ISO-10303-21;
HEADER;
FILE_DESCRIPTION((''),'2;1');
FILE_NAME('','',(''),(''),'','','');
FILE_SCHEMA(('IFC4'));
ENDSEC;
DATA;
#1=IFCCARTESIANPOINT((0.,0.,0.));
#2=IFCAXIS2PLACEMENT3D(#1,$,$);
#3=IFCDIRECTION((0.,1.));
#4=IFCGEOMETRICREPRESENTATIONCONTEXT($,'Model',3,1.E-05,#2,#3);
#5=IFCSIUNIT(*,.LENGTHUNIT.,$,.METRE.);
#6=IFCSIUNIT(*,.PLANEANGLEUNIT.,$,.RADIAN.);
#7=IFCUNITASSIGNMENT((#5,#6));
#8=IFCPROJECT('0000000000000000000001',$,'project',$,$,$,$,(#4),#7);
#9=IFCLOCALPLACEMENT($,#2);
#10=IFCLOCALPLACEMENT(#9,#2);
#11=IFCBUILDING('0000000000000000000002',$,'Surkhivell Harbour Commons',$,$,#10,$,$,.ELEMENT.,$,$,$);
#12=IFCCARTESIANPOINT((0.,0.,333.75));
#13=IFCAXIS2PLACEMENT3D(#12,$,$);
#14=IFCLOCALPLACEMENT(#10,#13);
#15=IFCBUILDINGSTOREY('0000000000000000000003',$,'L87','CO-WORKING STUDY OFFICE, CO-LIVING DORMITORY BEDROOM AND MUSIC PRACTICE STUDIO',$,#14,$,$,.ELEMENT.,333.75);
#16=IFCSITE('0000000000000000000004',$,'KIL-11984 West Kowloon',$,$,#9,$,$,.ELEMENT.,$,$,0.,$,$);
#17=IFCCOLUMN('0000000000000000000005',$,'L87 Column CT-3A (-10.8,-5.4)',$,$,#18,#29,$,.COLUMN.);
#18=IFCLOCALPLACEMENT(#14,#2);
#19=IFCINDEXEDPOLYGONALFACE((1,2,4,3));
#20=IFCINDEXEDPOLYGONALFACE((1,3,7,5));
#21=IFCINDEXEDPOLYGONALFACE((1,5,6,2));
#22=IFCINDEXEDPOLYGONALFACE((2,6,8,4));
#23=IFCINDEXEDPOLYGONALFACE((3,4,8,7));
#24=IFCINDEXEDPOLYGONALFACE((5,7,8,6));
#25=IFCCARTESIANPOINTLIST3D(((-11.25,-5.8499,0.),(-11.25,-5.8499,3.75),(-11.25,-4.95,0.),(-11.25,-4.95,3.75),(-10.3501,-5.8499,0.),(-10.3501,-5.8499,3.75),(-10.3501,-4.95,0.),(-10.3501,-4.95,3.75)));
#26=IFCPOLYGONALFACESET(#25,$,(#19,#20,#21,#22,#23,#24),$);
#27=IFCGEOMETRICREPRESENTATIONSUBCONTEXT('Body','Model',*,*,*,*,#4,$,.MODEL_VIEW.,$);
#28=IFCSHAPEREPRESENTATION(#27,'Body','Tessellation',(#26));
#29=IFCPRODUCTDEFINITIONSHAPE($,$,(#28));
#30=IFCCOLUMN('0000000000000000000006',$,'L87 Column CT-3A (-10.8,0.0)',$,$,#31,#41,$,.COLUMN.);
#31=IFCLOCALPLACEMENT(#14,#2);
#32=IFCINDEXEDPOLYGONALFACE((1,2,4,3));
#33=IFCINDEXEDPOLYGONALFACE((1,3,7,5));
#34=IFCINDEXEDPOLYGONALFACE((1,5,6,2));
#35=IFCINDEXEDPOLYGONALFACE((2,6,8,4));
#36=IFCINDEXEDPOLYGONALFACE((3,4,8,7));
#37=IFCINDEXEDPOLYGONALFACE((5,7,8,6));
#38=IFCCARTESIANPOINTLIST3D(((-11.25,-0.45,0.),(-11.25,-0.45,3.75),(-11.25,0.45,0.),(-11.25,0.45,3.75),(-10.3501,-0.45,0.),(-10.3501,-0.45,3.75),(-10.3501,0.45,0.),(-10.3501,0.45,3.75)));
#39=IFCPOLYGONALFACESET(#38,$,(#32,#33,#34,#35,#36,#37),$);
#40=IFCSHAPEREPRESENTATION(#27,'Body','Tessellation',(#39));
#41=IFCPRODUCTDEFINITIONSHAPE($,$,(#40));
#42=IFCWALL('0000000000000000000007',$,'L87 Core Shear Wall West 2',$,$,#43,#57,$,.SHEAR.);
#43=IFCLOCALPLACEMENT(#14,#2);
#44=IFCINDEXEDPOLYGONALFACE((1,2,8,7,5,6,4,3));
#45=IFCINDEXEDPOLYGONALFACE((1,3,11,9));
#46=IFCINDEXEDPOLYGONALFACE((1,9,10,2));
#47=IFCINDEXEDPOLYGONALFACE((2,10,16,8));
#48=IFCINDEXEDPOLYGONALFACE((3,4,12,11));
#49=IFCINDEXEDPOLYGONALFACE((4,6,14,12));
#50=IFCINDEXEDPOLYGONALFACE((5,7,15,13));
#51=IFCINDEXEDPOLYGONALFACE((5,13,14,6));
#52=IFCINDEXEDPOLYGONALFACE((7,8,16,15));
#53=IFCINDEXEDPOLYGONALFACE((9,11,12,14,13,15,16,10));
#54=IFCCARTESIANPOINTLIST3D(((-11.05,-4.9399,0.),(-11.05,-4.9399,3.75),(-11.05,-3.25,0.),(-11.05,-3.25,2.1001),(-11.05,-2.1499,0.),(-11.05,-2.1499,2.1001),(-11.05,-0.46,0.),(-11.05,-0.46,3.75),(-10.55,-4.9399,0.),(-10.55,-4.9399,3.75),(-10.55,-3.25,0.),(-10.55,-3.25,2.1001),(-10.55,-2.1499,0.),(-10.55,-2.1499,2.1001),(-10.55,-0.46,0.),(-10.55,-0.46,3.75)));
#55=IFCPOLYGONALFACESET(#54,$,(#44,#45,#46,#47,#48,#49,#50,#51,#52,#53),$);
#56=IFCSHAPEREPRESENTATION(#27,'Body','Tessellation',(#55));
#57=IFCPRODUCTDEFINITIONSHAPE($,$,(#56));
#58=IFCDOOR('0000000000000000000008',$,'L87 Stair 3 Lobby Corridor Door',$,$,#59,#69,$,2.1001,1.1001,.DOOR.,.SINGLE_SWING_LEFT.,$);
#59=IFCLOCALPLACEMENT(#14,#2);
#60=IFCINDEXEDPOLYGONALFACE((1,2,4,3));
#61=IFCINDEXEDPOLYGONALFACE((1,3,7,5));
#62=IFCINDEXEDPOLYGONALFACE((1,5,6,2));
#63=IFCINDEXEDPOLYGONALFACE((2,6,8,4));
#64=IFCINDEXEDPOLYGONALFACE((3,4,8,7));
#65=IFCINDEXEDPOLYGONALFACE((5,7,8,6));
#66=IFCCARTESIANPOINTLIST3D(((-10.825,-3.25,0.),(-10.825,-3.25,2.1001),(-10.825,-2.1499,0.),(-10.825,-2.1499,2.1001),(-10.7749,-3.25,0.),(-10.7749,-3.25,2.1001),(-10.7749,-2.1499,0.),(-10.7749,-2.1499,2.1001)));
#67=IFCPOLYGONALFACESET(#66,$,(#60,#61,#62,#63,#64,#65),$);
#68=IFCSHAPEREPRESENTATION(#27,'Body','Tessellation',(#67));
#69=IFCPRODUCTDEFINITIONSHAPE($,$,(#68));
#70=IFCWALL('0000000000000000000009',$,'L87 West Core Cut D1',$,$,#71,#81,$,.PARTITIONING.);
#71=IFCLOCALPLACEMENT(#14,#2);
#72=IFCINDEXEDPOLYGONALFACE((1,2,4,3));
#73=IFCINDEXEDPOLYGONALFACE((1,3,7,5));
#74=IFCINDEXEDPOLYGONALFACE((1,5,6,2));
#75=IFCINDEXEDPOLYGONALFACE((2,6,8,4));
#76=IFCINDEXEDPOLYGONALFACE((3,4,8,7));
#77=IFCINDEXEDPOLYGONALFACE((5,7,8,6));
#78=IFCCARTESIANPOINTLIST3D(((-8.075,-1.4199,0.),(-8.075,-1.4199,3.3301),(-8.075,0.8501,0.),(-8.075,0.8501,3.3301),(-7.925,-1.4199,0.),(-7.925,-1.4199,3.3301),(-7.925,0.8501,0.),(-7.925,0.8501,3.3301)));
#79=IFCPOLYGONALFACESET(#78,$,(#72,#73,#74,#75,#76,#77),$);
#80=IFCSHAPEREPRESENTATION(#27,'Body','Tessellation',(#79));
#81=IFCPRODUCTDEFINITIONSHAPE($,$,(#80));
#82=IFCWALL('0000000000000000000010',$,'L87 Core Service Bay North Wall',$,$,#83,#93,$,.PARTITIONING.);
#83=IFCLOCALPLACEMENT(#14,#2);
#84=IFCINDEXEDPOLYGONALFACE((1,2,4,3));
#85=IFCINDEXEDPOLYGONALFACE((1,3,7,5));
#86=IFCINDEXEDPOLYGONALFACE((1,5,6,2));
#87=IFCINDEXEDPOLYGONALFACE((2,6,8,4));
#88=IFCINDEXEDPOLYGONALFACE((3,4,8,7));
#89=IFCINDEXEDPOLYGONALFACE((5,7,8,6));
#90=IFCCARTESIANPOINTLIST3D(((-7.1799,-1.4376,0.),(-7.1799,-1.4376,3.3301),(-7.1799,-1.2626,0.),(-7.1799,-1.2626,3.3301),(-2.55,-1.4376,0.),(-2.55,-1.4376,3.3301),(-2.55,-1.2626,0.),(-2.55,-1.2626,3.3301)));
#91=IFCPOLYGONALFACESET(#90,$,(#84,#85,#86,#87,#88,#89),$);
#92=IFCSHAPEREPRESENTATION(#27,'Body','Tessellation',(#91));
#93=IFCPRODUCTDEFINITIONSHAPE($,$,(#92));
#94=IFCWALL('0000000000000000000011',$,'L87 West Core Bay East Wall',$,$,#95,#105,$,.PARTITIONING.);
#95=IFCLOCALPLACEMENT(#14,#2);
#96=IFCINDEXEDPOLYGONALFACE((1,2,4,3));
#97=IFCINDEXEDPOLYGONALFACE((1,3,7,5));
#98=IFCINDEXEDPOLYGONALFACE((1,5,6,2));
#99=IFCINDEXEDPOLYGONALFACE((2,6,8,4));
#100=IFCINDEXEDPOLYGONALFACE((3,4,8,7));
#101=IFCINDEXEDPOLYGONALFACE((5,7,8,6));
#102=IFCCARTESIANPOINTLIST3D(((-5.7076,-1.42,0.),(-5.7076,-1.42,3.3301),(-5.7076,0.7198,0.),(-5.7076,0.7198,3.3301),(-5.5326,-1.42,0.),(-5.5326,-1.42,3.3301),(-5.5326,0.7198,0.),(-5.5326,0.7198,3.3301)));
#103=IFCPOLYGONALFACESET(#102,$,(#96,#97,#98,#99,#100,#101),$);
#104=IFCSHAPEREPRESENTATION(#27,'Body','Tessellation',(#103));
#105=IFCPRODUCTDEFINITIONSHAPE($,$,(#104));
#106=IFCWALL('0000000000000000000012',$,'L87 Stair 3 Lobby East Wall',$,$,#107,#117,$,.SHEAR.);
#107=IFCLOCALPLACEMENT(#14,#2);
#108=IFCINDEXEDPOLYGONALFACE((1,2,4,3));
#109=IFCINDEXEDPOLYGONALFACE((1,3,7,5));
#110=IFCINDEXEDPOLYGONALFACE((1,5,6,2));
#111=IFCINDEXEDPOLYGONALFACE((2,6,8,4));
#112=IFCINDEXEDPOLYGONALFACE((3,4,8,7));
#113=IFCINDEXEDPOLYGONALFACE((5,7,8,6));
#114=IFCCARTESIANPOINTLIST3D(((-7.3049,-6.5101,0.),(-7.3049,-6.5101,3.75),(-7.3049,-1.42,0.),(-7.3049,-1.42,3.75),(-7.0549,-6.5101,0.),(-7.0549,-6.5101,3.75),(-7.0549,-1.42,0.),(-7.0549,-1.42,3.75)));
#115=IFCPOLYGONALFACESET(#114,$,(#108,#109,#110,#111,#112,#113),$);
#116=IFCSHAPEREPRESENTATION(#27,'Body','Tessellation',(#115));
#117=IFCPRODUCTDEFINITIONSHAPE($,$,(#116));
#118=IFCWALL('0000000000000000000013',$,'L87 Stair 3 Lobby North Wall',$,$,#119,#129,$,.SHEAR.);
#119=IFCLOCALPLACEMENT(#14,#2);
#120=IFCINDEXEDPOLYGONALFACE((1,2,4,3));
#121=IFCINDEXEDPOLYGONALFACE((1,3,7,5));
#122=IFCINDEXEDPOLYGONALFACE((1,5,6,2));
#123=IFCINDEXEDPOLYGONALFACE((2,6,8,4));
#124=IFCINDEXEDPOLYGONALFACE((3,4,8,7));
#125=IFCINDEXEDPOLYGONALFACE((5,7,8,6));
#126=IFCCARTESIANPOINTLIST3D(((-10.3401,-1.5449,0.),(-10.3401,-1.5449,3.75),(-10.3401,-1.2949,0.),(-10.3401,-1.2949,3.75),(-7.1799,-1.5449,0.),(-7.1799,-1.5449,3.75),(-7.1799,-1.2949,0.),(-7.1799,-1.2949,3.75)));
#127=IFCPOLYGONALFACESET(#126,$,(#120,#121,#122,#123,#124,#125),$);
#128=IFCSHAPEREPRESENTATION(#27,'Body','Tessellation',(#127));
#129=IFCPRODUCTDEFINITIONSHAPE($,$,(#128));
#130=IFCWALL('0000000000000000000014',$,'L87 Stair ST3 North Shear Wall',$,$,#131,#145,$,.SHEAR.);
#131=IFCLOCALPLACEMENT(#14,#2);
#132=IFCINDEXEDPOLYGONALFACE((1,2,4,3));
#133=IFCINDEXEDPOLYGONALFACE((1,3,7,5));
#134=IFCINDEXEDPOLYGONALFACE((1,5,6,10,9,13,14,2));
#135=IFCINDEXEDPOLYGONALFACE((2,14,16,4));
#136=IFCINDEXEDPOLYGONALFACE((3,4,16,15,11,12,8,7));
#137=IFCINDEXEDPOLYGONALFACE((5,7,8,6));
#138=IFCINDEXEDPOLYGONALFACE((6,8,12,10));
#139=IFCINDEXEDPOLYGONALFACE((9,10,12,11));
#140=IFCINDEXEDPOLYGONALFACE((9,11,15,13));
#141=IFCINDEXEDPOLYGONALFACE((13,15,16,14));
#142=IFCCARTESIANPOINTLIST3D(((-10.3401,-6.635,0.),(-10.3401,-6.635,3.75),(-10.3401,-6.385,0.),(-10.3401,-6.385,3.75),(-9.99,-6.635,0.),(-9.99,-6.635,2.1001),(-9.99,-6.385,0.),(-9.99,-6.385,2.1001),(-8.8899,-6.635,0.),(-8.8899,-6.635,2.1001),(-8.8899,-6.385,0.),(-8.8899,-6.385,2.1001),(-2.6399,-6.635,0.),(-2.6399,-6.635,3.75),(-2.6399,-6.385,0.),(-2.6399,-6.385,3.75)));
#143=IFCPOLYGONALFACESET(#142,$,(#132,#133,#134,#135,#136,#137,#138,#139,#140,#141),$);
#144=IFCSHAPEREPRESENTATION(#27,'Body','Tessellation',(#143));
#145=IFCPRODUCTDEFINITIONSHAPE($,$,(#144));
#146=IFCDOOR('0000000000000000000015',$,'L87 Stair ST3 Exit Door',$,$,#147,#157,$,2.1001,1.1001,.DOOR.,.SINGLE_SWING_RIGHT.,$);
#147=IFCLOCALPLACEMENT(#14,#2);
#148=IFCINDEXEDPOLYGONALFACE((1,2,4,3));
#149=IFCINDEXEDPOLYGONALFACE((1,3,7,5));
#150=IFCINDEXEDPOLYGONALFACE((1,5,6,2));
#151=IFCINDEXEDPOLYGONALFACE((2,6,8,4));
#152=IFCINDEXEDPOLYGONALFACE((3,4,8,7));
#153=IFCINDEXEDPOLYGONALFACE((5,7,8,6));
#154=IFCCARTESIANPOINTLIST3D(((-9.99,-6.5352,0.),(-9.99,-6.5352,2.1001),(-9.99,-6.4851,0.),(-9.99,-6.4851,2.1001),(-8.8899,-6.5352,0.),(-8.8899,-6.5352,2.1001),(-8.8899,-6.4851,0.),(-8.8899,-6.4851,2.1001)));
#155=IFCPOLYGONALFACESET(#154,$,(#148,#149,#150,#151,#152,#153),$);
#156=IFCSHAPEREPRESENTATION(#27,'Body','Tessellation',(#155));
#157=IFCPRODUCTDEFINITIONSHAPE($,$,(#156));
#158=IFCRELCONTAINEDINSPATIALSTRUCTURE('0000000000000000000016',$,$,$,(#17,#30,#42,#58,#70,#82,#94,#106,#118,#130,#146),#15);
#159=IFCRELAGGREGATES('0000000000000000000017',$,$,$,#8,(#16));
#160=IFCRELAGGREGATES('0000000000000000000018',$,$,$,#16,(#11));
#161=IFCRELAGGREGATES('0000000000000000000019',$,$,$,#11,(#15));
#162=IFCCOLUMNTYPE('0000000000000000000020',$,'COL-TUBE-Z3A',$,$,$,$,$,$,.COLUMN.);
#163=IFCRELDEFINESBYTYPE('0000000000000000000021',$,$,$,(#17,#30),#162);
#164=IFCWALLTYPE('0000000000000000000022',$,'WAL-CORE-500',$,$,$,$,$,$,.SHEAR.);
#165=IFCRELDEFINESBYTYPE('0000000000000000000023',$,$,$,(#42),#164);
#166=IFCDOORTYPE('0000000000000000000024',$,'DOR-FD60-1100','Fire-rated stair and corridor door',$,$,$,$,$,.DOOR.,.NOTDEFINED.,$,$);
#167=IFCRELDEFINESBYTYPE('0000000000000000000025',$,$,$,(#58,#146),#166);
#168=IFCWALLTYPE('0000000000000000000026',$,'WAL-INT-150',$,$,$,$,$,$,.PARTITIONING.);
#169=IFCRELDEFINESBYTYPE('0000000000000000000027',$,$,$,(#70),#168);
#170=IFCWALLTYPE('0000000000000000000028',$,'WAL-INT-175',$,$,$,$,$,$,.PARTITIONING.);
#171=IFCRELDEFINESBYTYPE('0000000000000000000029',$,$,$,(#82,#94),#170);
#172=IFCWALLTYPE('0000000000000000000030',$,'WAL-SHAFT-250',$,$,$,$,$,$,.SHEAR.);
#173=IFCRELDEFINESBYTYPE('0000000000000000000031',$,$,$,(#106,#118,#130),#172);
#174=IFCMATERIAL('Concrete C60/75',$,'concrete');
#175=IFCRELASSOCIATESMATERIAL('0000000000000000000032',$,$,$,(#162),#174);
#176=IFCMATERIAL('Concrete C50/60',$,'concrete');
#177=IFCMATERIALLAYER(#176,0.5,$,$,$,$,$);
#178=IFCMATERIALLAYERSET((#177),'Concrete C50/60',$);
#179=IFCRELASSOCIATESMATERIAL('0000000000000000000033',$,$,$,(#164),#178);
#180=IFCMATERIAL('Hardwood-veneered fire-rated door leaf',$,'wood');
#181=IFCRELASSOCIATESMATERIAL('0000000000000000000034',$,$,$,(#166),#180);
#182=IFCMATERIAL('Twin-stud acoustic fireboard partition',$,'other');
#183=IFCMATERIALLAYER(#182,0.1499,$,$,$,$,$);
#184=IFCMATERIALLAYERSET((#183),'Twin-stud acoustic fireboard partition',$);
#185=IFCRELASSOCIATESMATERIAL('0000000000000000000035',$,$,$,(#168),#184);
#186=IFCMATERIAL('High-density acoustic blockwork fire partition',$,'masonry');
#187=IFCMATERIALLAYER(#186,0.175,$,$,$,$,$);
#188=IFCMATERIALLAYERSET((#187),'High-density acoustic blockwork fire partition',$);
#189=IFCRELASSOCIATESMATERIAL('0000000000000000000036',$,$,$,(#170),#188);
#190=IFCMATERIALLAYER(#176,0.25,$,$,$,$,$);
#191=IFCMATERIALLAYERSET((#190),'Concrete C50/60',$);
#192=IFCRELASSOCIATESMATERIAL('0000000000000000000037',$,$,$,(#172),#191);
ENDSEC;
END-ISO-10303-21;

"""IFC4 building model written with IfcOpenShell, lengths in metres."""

from ifc_helpers import new_model, si_unit, direction, frame, frame_2d, origin, origin_2d, place, context, subcontext, project, spatial, rectangle, extrude, material, layer, layer_set, material_profile, profile_set, type_object, element, fill, save


model = new_model("IFC4")

# Units and contexts
model_context = context("Model", 3, precision=1e-05, world=origin(), true_north=direction((0.0, 1.0)))
body_context = subcontext(model_context, "Body", "Model", "MODEL_VIEW")
ifc_project = project(units=[si_unit("LENGTHUNIT", "METRE"), si_unit("PLANEANGLEUNIT", "RADIAN")], contexts=[model_context])

# Site, building, storey
site_placement = place(None, origin())
site = spatial("IfcSite", under=ifc_project, at=site_placement, Name="KIL-11984 West Kowloon", CompositionType="ELEMENT", RefElevation=0.0)
building_placement = place(site_placement, origin())
building = spatial("IfcBuilding", under=site, at=building_placement, Name="Surkhivell Harbour Commons", CompositionType="ELEMENT")
storey_placement = place(building_placement, frame((0.0, 0.0, 333.75)))
storey = spatial("IfcBuildingStorey", under=building, at=storey_placement, Name="L87", Description="CO-WORKING STUDY OFFICE, CO-LIVING DORMITORY BEDROOM AND MUSIC PRACTICE STUDIO", CompositionType="ELEMENT", Elevation=333.75)

# Columns
ifc_material_1 = material(Name="Concrete C60/75", Category="concrete")
ifc_material_profile = material_profile(ifc_material_1, rectangle(XDim=0.8999, YDim=0.8999, at=origin_2d()), Name="RC-COL-900x900")
ifc_profile_set = profile_set([ifc_material_profile], Name="Concrete C60/75")
column_type = type_object("IfcColumnType", Name="COL-TUBE-Z3A", PredefinedType="COLUMN", material=ifc_profile_set)
for number, where, z_axis, x_axis, name in (
    (1, (-10.8, -5.3999, 0.0), (0.0, 0.0, 1.0), (1.0, 0.0, 0.0), "L87 Column CT-3A (-10.8,-5.4)"),
    (2, (-10.8, 0.0, 0.0), (0.0, 0.0, 1.0), (1.0, 0.0, 0.0), "L87 Column CT-3A (-10.8,0.0)"),
):
    element("IfcColumn", number, at=place(storey_placement, frame(where, z_axis=z_axis, x_axis=x_axis)), inside=storey, type_object=column_type, Name=name, PredefinedType="COLUMN", context=body_context, shape_type="SweptSolid", body=[
        extrude(rectangle(XDim=0.8999, YDim=0.8999, at=origin_2d()), origin(), (0.0, 0.0, 1.0), 3.75),
    ])

# Wall, opening, door
ifc_material_2 = material(Name="Concrete C50/60", Category="concrete")
ifc_layer_1 = layer(ifc_material_2, 0.5)
ifc_layer_set_1 = layer_set([ifc_layer_1], Name="Concrete C50/60")
wall_type_1 = type_object("IfcWallType", Name="WAL-CORE-500", PredefinedType="SHEAR", material=ifc_layer_set_1)
wall_1_placement = place(storey_placement, frame((-10.8, -4.9399, 0.0), z_axis=(0.0, 0.0, 1.0), x_axis=(0.0, 1.0, 0.0)))
wall_1 = element("IfcWall", 3, at=wall_1_placement, inside=storey, type_object=wall_type_1, Name="L87 Core Shear Wall West 2", PredefinedType="SHEAR", context=body_context, shape_type="SweptSolid", body=[
    extrude(rectangle(XDim=4.48, YDim=0.5, at=frame_2d((2.24, 0.0))), origin(), (0.0, 0.0, 1.0), 3.75),
])
opening_1_placement = place(wall_1_placement, frame((1.6899, 0.0, 0.0)))
opening_1 = element("IfcOpeningElement", 4, at=opening_1_placement, cuts=wall_1, PredefinedType="OPENING", context=body_context, shape_type="SweptSolid", body=[
    extrude(rectangle(XDim=1.1001, YDim=2.1001, at=frame_2d((0.55, 1.05))), frame((0.0, 0.26, 0.0), z_axis=(0.0, -1.0, 0.0), x_axis=(1.0, 0.0, 0.0)), (0.0, 0.0, 1.0), 0.52),
])
ifc_material_3 = material(Name="Hardwood-veneered fire-rated door leaf", Category="wood")
door_type = type_object("IfcDoorType", Name="DOR-FD60-1100", Description="Fire-rated stair and corridor door", OperationType="NOTDEFINED", PredefinedType="DOOR", material=ifc_material_3)
door_1_placement = place(opening_1_placement, origin())
door_1 = element("IfcDoor", 5, at=door_1_placement, inside=storey, type_object=door_type, Name="L87 Stair 3 Lobby Corridor Door", OperationType="SINGLE_SWING_LEFT", OverallHeight=2.1001, OverallWidth=1.1001, PredefinedType="DOOR", context=body_context, shape_type="SweptSolid", body=[
    extrude(rectangle(XDim=1.1001, YDim=2.1001, at=frame_2d((0.55, 1.05))), frame((0.0, 0.0249, 0.0), z_axis=(0.0, -1.0, 0.0), x_axis=(1.0, 0.0, 0.0)), (0.0, 0.0, 1.0), 0.05),
])
fill(opening_1, door_1)

# Walls
ifc_material_4 = material(Name="Twin-stud acoustic fireboard partition", Category="other")
ifc_layer_2 = layer(ifc_material_4, 0.1499)
ifc_layer_set_2 = layer_set([ifc_layer_2], Name="Twin-stud acoustic fireboard partition")
wall_type_2 = type_object("IfcWallType", Name="WAL-INT-150", PredefinedType="PARTITIONING", material=ifc_layer_set_2)
wall_2_placement = place(storey_placement, frame((-8.0, -1.4199, 0.0), z_axis=(0.0, 0.0, 1.0), x_axis=(0.0, 1.0, 0.0)))
element("IfcWall", 6, at=wall_2_placement, inside=storey, type_object=wall_type_2, Name="L87 West Core Cut D1", PredefinedType="PARTITIONING", context=body_context, shape_type="SweptSolid", body=[
    extrude(rectangle(XDim=2.27, YDim=0.1499, at=frame_2d((1.135, 0.0))), origin(), (0.0, 0.0, 1.0), 3.3301),
])
ifc_material_5 = material(Name="High-density acoustic blockwork fire partition", Category="masonry")
ifc_layer_3 = layer(ifc_material_5, 0.175)
ifc_layer_set_3 = layer_set([ifc_layer_3], Name="High-density acoustic blockwork fire partition")
wall_type_3 = type_object("IfcWallType", Name="WAL-INT-175", PredefinedType="PARTITIONING", material=ifc_layer_set_3)
wall_3_placement = place(storey_placement, frame((-7.1799, -1.3501, 0.0), z_axis=(0.0, 0.0, 1.0), x_axis=(1.0, 0.0, 0.0)))
element("IfcWall", 7, at=wall_3_placement, inside=storey, type_object=wall_type_3, Name="L87 Core Service Bay North Wall", PredefinedType="PARTITIONING", context=body_context, shape_type="SweptSolid", body=[
    extrude(rectangle(XDim=4.6299, YDim=0.175, at=frame_2d((2.3149, 0.0))), origin(), (0.0, 0.0, 1.0), 3.3301),
])
wall_4_placement = place(storey_placement, frame((-5.6201, -1.4199, 0.0), z_axis=(0.0, 0.0, 1.0), x_axis=(0.0, 1.0, 0.0)))
element("IfcWall", 8, at=wall_4_placement, inside=storey, type_object=wall_type_3, Name="L87 West Core Bay East Wall", PredefinedType="PARTITIONING", context=body_context, shape_type="SweptSolid", body=[
    extrude(rectangle(XDim=2.1399, YDim=0.175, at=frame_2d((1.0698, 0.0))), origin(), (0.0, 0.0, 1.0), 3.3301),
])
ifc_layer_4 = layer(ifc_material_2, 0.25)
ifc_layer_set_4 = layer_set([ifc_layer_4], Name="Concrete C50/60")
wall_type_4 = type_object("IfcWallType", Name="WAL-SHAFT-250", PredefinedType="SHEAR", material=ifc_layer_set_4)
wall_5_placement = place(storey_placement, frame((-7.1799, -6.51, 0.0), z_axis=(0.0, 0.0, 1.0), x_axis=(0.0, 1.0, 0.0)))
element("IfcWall", 9, at=wall_5_placement, inside=storey, type_object=wall_type_4, Name="L87 Stair 3 Lobby East Wall", PredefinedType="SHEAR", context=body_context, shape_type="SweptSolid", body=[
    extrude(rectangle(XDim=5.0901, YDim=0.25, at=frame_2d((2.5449, 0.0))), origin(), (0.0, 0.0, 1.0), 3.75),
])
wall_6_placement = place(storey_placement, frame((-10.3401, -1.4199, 0.0), z_axis=(0.0, 0.0, 1.0), x_axis=(1.0, 0.0, 0.0)))
element("IfcWall", 10, at=wall_6_placement, inside=storey, type_object=wall_type_4, Name="L87 Stair 3 Lobby North Wall", PredefinedType="SHEAR", context=body_context, shape_type="SweptSolid", body=[
    extrude(rectangle(XDim=3.1602, YDim=0.25, at=frame_2d((1.5801, 0.0))), origin(), (0.0, 0.0, 1.0), 3.75),
])

# Wall, opening, door
wall_7_placement = place(storey_placement, frame((-10.3401, -6.51, 0.0), z_axis=(0.0, 0.0, 1.0), x_axis=(1.0, 0.0, 0.0)))
wall_7 = element("IfcWall", 11, at=wall_7_placement, inside=storey, type_object=wall_type_4, Name="L87 Stair ST3 North Shear Wall", PredefinedType="SHEAR", context=body_context, shape_type="SweptSolid", body=[
    extrude(rectangle(XDim=7.7002, YDim=0.25, at=frame_2d((3.8501, 0.0))), origin(), (0.0, 0.0, 1.0), 3.75),
])
opening_2_placement = place(wall_7_placement, frame((0.3501, 0.0, 0.0)))
opening_2 = element("IfcOpeningElement", 12, at=opening_2_placement, cuts=wall_7, PredefinedType="OPENING", context=body_context, shape_type="SweptSolid", body=[
    extrude(rectangle(XDim=1.1001, YDim=2.1001, at=frame_2d((0.55, 1.05))), frame((0.0, 0.135, 0.0), z_axis=(0.0, -1.0, 0.0), x_axis=(1.0, 0.0, 0.0)), (0.0, 0.0, 1.0), 0.27),
])
door_2_placement = place(opening_2_placement, origin())
door_2 = element("IfcDoor", 13, at=door_2_placement, inside=storey, type_object=door_type, Name="L87 Stair ST3 Exit Door", OperationType="SINGLE_SWING_RIGHT", OverallHeight=2.1001, OverallWidth=1.1001, PredefinedType="DOOR", context=body_context, shape_type="SweptSolid", body=[
    extrude(rectangle(XDim=1.1001, YDim=2.1001, at=frame_2d((0.55, 1.05))), frame((0.0, 0.0249, 0.0), z_axis=(0.0, -1.0, 0.0), x_axis=(1.0, 0.0, 0.0)), (0.0, 0.0, 1.0), 0.05),
])
fill(opening_2, door_2)

save(model, "model.ifc")
